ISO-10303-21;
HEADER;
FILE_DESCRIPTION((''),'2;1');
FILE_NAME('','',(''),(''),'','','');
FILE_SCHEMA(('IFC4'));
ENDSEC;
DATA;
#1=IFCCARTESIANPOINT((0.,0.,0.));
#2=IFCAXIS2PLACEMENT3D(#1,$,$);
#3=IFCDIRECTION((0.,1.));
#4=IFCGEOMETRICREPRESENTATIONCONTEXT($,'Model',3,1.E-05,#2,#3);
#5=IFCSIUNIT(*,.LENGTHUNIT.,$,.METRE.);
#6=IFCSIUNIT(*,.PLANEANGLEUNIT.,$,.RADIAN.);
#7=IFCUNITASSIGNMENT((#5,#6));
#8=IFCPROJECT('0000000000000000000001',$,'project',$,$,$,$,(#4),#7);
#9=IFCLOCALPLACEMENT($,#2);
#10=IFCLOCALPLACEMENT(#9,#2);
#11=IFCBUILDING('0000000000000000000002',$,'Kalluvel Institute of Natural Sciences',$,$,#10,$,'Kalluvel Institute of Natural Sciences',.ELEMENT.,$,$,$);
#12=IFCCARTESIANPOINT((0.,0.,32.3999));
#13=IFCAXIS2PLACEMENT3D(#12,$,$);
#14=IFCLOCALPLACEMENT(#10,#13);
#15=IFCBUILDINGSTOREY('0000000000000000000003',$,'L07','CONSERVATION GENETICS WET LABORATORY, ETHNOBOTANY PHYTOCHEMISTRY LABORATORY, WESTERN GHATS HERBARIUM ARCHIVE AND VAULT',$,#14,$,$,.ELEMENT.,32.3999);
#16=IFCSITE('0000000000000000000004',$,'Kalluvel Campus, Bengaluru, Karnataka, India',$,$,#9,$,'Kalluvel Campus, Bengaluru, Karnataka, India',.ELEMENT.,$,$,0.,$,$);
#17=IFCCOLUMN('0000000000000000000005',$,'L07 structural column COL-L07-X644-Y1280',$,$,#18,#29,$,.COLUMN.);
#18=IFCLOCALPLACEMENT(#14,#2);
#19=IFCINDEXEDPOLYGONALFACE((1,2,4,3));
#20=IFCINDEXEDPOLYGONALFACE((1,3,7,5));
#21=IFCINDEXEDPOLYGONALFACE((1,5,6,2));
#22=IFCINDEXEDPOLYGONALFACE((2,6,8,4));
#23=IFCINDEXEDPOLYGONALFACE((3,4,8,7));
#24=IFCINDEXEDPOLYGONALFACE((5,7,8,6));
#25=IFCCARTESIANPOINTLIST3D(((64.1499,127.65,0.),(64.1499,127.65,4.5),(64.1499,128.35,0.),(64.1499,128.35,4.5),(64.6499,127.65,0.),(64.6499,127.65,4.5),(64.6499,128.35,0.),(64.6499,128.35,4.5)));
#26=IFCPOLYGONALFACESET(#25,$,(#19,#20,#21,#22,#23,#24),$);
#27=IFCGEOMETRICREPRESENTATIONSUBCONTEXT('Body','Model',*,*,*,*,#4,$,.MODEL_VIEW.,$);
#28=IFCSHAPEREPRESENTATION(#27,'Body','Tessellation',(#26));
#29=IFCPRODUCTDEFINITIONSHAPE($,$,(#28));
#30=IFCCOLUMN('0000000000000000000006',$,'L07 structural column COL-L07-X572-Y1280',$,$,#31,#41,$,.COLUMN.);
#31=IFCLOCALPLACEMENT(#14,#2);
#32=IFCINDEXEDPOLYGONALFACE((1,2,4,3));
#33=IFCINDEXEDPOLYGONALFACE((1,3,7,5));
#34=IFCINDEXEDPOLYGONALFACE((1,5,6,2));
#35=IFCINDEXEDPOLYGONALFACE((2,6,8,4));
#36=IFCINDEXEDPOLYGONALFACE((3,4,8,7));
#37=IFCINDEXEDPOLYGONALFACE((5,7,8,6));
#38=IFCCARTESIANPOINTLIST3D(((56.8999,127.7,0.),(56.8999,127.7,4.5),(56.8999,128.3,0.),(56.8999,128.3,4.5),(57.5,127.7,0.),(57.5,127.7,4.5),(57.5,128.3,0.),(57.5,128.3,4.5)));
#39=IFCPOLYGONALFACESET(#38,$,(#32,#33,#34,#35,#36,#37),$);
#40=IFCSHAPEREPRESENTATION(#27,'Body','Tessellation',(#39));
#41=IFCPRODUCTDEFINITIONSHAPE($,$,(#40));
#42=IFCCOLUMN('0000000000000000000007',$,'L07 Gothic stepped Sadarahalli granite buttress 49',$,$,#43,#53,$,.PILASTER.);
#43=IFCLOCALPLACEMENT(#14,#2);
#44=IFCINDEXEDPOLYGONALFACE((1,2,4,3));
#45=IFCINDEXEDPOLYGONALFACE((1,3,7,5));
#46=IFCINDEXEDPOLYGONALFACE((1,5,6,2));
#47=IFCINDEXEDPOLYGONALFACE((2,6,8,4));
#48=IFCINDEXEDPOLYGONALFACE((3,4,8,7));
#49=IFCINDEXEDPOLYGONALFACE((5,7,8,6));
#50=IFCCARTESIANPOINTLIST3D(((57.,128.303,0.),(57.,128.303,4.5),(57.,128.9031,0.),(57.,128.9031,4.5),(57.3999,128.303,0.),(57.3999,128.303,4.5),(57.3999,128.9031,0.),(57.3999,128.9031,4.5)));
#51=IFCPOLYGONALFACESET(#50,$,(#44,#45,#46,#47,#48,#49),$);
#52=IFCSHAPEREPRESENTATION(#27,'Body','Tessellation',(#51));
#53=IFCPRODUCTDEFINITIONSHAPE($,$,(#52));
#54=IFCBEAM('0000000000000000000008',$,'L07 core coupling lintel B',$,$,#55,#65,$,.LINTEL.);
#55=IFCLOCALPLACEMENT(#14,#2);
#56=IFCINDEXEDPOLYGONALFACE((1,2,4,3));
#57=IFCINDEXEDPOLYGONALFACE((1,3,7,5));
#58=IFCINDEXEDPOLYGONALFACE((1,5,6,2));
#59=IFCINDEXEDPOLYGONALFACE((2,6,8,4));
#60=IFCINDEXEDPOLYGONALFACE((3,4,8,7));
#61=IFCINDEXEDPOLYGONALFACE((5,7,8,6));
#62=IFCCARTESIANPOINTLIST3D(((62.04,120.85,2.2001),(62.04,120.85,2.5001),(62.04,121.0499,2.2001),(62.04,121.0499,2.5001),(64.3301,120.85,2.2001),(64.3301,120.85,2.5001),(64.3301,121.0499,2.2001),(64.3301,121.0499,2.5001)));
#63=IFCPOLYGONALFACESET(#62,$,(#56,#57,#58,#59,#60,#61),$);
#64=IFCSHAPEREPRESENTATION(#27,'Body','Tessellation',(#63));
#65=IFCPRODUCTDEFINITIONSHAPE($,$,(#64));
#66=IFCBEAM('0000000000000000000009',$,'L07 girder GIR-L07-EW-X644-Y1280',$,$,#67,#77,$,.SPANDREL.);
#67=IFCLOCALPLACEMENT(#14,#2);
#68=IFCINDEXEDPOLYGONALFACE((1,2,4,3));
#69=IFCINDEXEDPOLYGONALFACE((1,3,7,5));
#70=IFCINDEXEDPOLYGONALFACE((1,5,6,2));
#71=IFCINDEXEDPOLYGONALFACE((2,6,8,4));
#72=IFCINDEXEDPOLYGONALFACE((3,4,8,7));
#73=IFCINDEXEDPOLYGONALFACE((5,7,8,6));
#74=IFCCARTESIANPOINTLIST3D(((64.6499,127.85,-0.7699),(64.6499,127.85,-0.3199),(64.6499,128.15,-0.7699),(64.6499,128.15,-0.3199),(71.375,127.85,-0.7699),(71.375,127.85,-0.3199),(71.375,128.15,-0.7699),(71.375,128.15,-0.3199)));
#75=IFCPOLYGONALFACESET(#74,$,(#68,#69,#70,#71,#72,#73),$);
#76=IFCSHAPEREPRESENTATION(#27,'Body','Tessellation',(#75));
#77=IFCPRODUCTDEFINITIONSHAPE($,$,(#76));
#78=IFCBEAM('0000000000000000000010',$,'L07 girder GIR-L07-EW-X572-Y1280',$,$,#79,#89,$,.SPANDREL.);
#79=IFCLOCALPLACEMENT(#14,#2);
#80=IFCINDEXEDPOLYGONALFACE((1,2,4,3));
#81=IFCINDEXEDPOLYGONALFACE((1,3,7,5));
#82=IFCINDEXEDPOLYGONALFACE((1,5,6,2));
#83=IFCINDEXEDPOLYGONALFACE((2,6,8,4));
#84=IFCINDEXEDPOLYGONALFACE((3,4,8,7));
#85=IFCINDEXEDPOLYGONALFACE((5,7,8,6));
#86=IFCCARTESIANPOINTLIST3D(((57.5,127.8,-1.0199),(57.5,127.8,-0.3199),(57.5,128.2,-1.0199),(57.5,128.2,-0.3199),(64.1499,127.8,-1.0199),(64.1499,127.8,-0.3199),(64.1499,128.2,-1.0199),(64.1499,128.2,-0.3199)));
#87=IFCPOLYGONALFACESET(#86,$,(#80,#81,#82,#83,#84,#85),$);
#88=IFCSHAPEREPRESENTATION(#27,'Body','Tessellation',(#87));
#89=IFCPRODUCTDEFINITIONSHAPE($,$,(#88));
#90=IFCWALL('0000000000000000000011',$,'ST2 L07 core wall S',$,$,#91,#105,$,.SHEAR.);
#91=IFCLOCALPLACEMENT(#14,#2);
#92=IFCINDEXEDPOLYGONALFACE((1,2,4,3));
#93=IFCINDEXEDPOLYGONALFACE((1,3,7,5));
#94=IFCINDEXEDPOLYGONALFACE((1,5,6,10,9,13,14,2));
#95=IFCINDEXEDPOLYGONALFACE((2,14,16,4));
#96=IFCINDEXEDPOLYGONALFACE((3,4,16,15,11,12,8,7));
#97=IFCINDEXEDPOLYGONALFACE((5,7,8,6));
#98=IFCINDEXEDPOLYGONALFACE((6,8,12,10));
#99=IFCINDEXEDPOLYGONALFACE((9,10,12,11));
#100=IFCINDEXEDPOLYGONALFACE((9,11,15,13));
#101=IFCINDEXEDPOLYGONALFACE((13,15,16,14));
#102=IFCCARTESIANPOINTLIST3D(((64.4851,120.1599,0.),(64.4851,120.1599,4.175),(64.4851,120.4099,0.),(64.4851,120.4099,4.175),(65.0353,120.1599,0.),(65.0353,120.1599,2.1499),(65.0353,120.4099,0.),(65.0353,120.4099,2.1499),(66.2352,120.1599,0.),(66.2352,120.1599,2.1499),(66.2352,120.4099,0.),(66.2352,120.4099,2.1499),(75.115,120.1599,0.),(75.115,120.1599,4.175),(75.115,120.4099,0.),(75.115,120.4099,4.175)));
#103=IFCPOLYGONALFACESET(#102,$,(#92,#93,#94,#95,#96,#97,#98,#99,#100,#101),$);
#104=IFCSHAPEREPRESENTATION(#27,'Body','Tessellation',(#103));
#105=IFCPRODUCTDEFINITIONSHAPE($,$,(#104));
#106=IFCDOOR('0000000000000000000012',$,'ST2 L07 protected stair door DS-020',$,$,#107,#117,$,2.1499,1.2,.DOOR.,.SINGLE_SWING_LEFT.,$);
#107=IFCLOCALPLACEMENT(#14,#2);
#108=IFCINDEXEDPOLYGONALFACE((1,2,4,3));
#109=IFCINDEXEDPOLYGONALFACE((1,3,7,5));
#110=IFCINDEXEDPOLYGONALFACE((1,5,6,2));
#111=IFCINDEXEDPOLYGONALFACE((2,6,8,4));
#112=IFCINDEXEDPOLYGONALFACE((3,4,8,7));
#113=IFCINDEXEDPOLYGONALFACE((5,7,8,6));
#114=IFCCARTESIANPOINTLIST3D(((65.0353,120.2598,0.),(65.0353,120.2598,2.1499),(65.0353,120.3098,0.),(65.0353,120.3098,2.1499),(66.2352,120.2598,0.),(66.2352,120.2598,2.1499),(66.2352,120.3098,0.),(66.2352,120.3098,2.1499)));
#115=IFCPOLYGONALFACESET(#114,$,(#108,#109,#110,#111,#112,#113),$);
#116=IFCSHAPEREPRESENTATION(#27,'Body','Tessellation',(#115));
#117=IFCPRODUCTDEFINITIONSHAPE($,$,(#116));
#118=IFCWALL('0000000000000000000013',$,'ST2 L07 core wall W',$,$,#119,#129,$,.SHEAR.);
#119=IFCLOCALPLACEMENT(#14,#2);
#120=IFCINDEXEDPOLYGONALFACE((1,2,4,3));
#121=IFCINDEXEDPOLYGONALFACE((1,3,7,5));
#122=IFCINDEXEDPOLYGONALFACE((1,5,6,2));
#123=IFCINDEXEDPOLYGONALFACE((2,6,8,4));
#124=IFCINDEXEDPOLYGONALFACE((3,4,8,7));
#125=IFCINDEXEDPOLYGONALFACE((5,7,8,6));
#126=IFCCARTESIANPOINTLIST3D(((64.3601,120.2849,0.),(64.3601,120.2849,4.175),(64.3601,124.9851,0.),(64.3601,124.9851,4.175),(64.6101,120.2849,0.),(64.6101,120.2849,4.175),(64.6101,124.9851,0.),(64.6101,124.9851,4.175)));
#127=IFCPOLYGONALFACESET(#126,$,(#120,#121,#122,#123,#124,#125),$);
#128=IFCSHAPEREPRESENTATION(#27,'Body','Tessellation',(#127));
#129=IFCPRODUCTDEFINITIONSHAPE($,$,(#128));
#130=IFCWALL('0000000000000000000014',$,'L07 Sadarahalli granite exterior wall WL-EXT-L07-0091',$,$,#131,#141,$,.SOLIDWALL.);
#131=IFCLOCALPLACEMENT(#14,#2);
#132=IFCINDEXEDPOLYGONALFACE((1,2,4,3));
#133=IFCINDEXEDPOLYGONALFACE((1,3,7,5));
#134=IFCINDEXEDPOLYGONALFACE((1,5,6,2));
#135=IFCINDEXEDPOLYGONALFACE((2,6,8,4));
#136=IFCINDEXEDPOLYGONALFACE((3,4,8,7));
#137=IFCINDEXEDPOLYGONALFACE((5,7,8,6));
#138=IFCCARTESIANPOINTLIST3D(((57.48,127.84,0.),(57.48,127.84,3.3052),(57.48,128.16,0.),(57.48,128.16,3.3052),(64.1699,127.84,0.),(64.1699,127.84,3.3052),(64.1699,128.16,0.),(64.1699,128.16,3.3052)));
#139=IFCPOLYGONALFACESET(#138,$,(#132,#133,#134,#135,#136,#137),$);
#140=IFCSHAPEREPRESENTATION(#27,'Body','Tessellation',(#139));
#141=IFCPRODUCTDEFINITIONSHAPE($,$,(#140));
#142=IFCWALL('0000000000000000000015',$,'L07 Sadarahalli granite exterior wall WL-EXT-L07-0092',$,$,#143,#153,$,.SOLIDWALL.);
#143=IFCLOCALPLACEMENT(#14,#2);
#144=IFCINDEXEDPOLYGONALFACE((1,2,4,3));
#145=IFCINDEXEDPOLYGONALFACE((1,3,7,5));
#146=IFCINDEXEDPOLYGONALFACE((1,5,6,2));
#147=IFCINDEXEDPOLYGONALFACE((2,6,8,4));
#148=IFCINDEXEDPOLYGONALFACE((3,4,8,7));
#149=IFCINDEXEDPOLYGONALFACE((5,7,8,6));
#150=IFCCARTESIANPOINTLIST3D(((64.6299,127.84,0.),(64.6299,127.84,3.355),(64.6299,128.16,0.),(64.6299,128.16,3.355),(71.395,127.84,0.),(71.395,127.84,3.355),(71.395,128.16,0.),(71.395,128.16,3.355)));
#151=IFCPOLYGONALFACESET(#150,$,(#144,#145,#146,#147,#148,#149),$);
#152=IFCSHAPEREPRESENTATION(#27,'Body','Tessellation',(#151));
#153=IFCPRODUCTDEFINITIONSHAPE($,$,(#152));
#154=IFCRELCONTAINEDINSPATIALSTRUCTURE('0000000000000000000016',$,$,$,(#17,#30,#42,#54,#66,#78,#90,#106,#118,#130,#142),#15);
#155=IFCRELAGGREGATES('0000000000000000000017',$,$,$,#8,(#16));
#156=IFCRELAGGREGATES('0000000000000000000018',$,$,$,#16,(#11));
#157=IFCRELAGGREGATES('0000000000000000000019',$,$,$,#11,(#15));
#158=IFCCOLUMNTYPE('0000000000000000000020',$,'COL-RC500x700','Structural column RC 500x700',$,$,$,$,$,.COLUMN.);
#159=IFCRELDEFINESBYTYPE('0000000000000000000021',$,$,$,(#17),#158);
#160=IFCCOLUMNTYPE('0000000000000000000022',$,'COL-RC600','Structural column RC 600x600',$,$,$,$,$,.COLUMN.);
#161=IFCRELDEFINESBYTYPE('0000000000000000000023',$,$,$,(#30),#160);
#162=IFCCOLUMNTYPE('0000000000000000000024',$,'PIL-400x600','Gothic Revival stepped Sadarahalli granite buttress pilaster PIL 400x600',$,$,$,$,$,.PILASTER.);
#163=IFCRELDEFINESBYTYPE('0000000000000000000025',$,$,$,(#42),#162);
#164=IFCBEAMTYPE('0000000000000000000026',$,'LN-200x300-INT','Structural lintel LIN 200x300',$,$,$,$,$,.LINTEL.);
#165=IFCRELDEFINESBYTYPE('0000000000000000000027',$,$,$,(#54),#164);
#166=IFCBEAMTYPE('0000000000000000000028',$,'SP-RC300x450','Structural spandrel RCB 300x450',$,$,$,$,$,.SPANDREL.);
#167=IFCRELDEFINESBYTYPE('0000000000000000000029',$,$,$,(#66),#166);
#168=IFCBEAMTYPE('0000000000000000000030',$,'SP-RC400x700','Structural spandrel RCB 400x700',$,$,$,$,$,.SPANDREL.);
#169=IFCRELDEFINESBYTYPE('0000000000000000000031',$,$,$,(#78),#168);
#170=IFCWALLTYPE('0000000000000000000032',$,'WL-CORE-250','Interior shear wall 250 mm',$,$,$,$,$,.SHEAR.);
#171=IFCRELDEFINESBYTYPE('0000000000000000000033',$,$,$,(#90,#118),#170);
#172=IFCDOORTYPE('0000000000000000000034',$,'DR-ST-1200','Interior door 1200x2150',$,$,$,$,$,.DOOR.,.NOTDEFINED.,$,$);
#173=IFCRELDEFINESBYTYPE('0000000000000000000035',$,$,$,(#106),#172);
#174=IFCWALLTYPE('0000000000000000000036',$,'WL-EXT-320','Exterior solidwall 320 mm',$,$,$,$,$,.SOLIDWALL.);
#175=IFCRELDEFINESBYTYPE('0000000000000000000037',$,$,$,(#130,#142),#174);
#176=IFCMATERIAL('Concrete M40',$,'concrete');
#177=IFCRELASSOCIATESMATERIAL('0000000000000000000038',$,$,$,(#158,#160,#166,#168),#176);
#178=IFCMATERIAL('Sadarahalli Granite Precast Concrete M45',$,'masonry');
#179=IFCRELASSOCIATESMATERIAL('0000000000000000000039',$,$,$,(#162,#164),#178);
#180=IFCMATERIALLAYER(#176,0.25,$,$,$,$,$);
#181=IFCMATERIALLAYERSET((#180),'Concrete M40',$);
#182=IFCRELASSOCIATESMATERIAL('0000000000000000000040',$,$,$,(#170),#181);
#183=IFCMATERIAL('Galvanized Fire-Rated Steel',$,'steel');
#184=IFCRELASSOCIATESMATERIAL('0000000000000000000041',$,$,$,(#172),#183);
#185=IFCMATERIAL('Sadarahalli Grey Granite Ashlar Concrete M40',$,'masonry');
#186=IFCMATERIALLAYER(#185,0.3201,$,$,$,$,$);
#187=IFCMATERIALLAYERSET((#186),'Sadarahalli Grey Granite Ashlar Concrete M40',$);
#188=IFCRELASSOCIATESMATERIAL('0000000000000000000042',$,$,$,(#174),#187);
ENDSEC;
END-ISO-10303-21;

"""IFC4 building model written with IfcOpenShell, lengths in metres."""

from ifc_helpers import new_model, si_unit, direction, frame, frame_2d, origin, origin_2d, place, context, subcontext, project, spatial, rectangle, extrude, material, layer, layer_set, material_profile, profile_set, type_object, element, fill, save


model = new_model("IFC4")

# Units and contexts
model_context = context("Model", 3, precision=1e-05, world=origin(), true_north=direction((0.0, 1.0)))
body_context = subcontext(model_context, "Body", "Model", "MODEL_VIEW")
ifc_project = project(units=[si_unit("LENGTHUNIT", "METRE"), si_unit("PLANEANGLEUNIT", "RADIAN")], contexts=[model_context])

# Site, building, storey
site_placement = place(None, origin())
site = spatial("IfcSite", under=ifc_project, at=site_placement, Name="Kalluvel Campus, Bengaluru, Karnataka, India", LongName="Kalluvel Campus, Bengaluru, Karnataka, India", CompositionType="ELEMENT", RefElevation=0.0)
building_placement = place(site_placement, origin())
building = spatial("IfcBuilding", under=site, at=building_placement, Name="Kalluvel Institute of Natural Sciences", LongName="Kalluvel Institute of Natural Sciences", CompositionType="ELEMENT")
storey_placement = place(building_placement, frame((0.0, 0.0, 32.3999)))
storey = spatial("IfcBuildingStorey", under=building, at=storey_placement, Name="L07", Description="CONSERVATION GENETICS WET LABORATORY, ETHNOBOTANY PHYTOCHEMISTRY LABORATORY, WESTERN GHATS HERBARIUM ARCHIVE AND VAULT", CompositionType="ELEMENT", Elevation=32.3999)

# Columns
ifc_material_1 = material(Name="Concrete M40", Category="concrete")
ifc_material_profile_1 = material_profile(ifc_material_1, rectangle(XDim=0.5, YDim=0.7, at=origin_2d()), Name="RC 500x700")
ifc_profile_set_1 = profile_set([ifc_material_profile_1], Name="Concrete M40")
column_type_1 = type_object("IfcColumnType", Name="COL-RC500x700", Description="Structural column RC 500x700", PredefinedType="COLUMN", material=ifc_profile_set_1)
column_1_placement = place(storey_placement, frame((64.3999, 128.0, 0.0), z_axis=(0.0, 0.0, 1.0), x_axis=(1.0, 0.0, 0.0)))
element("IfcColumn", 1, at=column_1_placement, inside=storey, type_object=column_type_1, Name="L07 structural column COL-L07-X644-Y1280", PredefinedType="COLUMN", context=body_context, shape_type="SweptSolid", body=[
    extrude(rectangle(XDim=0.5, YDim=0.7, at=origin_2d()), origin(), (0.0, 0.0, 1.0), 4.5),
])
ifc_material_profile_2 = material_profile(ifc_material_1, rectangle(XDim=0.6001, YDim=0.6001, at=origin_2d()), Name="RC 600x600")
ifc_profile_set_2 = profile_set([ifc_material_profile_2], Name="Concrete M40")
column_type_2 = type_object("IfcColumnType", Name="COL-RC600", Description="Structural column RC 600x600", PredefinedType="COLUMN", material=ifc_profile_set_2)
column_2_placement = place(storey_placement, frame((57.2, 128.0, 0.0), z_axis=(0.0, 0.0, 1.0), x_axis=(1.0, 0.0, 0.0)))
element("IfcColumn", 2, at=column_2_placement, inside=storey, type_object=column_type_2, Name="L07 structural column COL-L07-X572-Y1280", PredefinedType="COLUMN", context=body_context, shape_type="SweptSolid", body=[
    extrude(rectangle(XDim=0.6001, YDim=0.6001, at=origin_2d()), origin(), (0.0, 0.0, 1.0), 4.5),
])
ifc_material_2 = material(Name="Sadarahalli Granite Precast Concrete M45", Category="masonry")
ifc_material_profile_3 = material_profile(ifc_material_2, rectangle(XDim=0.3999, YDim=0.6001, at=origin_2d()), Name="PIL 400x600")
ifc_profile_set_3 = profile_set([ifc_material_profile_3], Name="Sadarahalli Granite Precast Concrete M45")
column_type_3 = type_object("IfcColumnType", Name="PIL-400x600", Description="Gothic Revival stepped Sadarahalli granite buttress pilaster PIL 400x600", PredefinedType="PILASTER", material=ifc_profile_set_3)
column_3_placement = place(storey_placement, frame((57.2, 128.603, 0.0), z_axis=(0.0, 0.0, 1.0), x_axis=(1.0, 0.0, 0.0)))
element("IfcColumn", 3, at=column_3_placement, inside=storey, type_object=column_type_3, Name="L07 Gothic stepped Sadarahalli granite buttress 49", PredefinedType="PILASTER", context=body_context, shape_type="SweptSolid", body=[
    extrude(rectangle(XDim=0.3999, YDim=0.6001, at=origin_2d()), origin(), (0.0, 0.0, 1.0), 4.5),
])

# Beams
ifc_material_profile_4 = material_profile(ifc_material_2, rectangle(XDim=0.2, YDim=0.3, at=origin_2d()), Name="LIN 200x300")
ifc_profile_set_4 = profile_set([ifc_material_profile_4], Name="Sadarahalli Granite Precast Concrete M45")
beam_type_1 = type_object("IfcBeamType", Name="LN-200x300-INT", Description="Structural lintel LIN 200x300", PredefinedType="LINTEL", material=ifc_profile_set_4)
beam_1_placement = place(storey_placement, frame((62.04, 120.95, 2.3501), z_axis=(1.0, 0.0, 0.0), x_axis=(0.0, 1.0, 0.0)))
element("IfcBeam", 4, at=beam_1_placement, inside=storey, type_object=beam_type_1, Name="L07 core coupling lintel B", PredefinedType="LINTEL", context=body_context, shape_type="SweptSolid", body=[
    extrude(rectangle(XDim=0.2, YDim=0.3, at=origin_2d()), origin(), (0.0, 0.0, 1.0), 2.29),
])
ifc_material_profile_5 = material_profile(ifc_material_1, rectangle(XDim=0.3, YDim=0.45, at=origin_2d()), Name="RCB 300x450")
ifc_profile_set_5 = profile_set([ifc_material_profile_5], Name="Concrete M40")
beam_type_2 = type_object("IfcBeamType", Name="SP-RC300x450", Description="Structural spandrel RCB 300x450", PredefinedType="SPANDREL", material=ifc_profile_set_5)
beam_2_placement = place(storey_placement, frame((64.6499, 128.0, -0.5449), z_axis=(1.0, 0.0, 0.0), x_axis=(0.0, 1.0, 0.0)))
element("IfcBeam", 5, at=beam_2_placement, inside=storey, type_object=beam_type_2, Name="L07 girder GIR-L07-EW-X644-Y1280", PredefinedType="SPANDREL", context=body_context, shape_type="SweptSolid", body=[
    extrude(rectangle(XDim=0.3, YDim=0.45, at=origin_2d()), origin(), (0.0, 0.0, 1.0), 6.7251),
])
ifc_material_profile_6 = material_profile(ifc_material_1, rectangle(XDim=0.3999, YDim=0.7, at=origin_2d()), Name="RCB 400x700")
ifc_profile_set_6 = profile_set([ifc_material_profile_6], Name="Concrete M40")
beam_type_3 = type_object("IfcBeamType", Name="SP-RC400x700", Description="Structural spandrel RCB 400x700", PredefinedType="SPANDREL", material=ifc_profile_set_6)
beam_3_placement = place(storey_placement, frame((57.5, 128.0, -0.6699), z_axis=(1.0, 0.0, 0.0), x_axis=(0.0, 1.0, 0.0)))
element("IfcBeam", 6, at=beam_3_placement, inside=storey, type_object=beam_type_3, Name="L07 girder GIR-L07-EW-X572-Y1280", PredefinedType="SPANDREL", context=body_context, shape_type="SweptSolid", body=[
    extrude(rectangle(XDim=0.3999, YDim=0.7, at=origin_2d()), origin(), (0.0, 0.0, 1.0), 6.6499),
])

# Wall, opening, door
ifc_layer_1 = layer(ifc_material_1, 0.25)
ifc_layer_set_1 = layer_set([ifc_layer_1], Name="Concrete M40")
wall_type_1 = type_object("IfcWallType", Name="WL-CORE-250", Description="Interior shear wall 250 mm", PredefinedType="SHEAR", material=ifc_layer_set_1)
wall_1_placement = place(storey_placement, frame((64.4851, 120.2849, 0.0), z_axis=(0.0, 0.0, 1.0), x_axis=(1.0, 0.0, 0.0)))
wall_1 = element("IfcWall", 7, at=wall_1_placement, inside=storey, type_object=wall_type_1, Name="ST2 L07 core wall S", PredefinedType="SHEAR", context=body_context, shape_type="SweptSolid", body=[
    extrude(rectangle(XDim=10.6299, YDim=0.25, at=frame_2d((5.3149, 0.0))), origin(), (0.0, 0.0, 1.0), 4.175),
])
opening_1_placement = place(wall_1_placement, frame((0.55, 0.0, 0.0)))
opening_1 = element("IfcOpeningElement", 8, at=opening_1_placement, cuts=wall_1, PredefinedType="OPENING", context=body_context, shape_type="SweptSolid", body=[
    extrude(rectangle(XDim=1.2, YDim=2.1499, at=frame_2d((0.6001, 1.075))), frame((0.0, 0.135, 0.0), z_axis=(0.0, -1.0, 0.0), x_axis=(1.0, 0.0, 0.0)), (0.0, 0.0, 1.0), 0.27),
])
ifc_material_3 = material(Name="Galvanized Fire-Rated Steel", Category="steel")
door_type_1 = type_object("IfcDoorType", Name="DR-ST-1200", Description="Interior door 1200x2150", OperationType="NOTDEFINED", PredefinedType="DOOR", material=ifc_material_3)
door_1_placement = place(opening_1_placement, origin())
door_1 = element("IfcDoor", 9, at=door_1_placement, inside=storey, type_object=door_type_1, Name="ST2 L07 protected stair door DS-020", OperationType="SINGLE_SWING_LEFT", OverallHeight=2.1499, OverallWidth=1.2, PredefinedType="DOOR", context=body_context, shape_type="SweptSolid", body=[
    extrude(rectangle(XDim=1.2, YDim=2.1499, at=frame_2d((0.6001, 1.075))), frame((0.0, 0.0249, 0.0), z_axis=(0.0, -1.0, 0.0), x_axis=(1.0, 0.0, 0.0)), (0.0, 0.0, 1.0), 0.05),
])
fill(opening_1, door_1)

# Walls
wall_2_placement = place(storey_placement, frame((64.4851, 124.9851, 0.0), z_axis=(0.0, 0.0, 1.0), x_axis=(0.0, -1.0, 0.0)))
element("IfcWall", 10, at=wall_2_placement, inside=storey, type_object=wall_type_1, Name="ST2 L07 core wall W", PredefinedType="SHEAR", context=body_context, shape_type="SweptSolid", body=[
    extrude(rectangle(XDim=4.7002, YDim=0.25, at=frame_2d((2.3501, 0.0))), origin(), (0.0, 0.0, 1.0), 4.175),
])
ifc_material_4 = material(Name="Sadarahalli Grey Granite Ashlar Concrete M40", Category="masonry")
ifc_layer_2 = layer(ifc_material_4, 0.3201)
ifc_layer_set_2 = layer_set([ifc_layer_2], Name="Sadarahalli Grey Granite Ashlar Concrete M40")
wall_type_2 = type_object("IfcWallType", Name="WL-EXT-320", Description="Exterior solidwall 320 mm", PredefinedType="SOLIDWALL", material=ifc_layer_set_2)
wall_3_placement = place(storey_placement, frame((57.48, 128.0, 0.0), z_axis=(0.0, 0.0, 1.0), x_axis=(1.0, 0.0, 0.0)))
element("IfcWall", 11, at=wall_3_placement, inside=storey, type_object=wall_type_2, Name="L07 Sadarahalli granite exterior wall WL-EXT-L07-0091", PredefinedType="SOLIDWALL", context=body_context, shape_type="SweptSolid", body=[
    extrude(rectangle(XDim=6.6899, YDim=0.3201, at=frame_2d((3.345, 0.0))), origin(), (0.0, 0.0, 1.0), 3.3052),
])
wall_4_placement = place(storey_placement, frame((64.6299, 128.0, 0.0), z_axis=(0.0, 0.0, 1.0), x_axis=(1.0, 0.0, 0.0)))
element("IfcWall", 12, at=wall_4_placement, inside=storey, type_object=wall_type_2, Name="L07 Sadarahalli granite exterior wall WL-EXT-L07-0092", PredefinedType="SOLIDWALL", context=body_context, shape_type="SweptSolid", body=[
    extrude(rectangle(XDim=6.7651, YDim=0.3201, at=frame_2d((3.3826, 0.0))), origin(), (0.0, 0.0, 1.0), 3.355),
])

save(model, "model.ifc")
